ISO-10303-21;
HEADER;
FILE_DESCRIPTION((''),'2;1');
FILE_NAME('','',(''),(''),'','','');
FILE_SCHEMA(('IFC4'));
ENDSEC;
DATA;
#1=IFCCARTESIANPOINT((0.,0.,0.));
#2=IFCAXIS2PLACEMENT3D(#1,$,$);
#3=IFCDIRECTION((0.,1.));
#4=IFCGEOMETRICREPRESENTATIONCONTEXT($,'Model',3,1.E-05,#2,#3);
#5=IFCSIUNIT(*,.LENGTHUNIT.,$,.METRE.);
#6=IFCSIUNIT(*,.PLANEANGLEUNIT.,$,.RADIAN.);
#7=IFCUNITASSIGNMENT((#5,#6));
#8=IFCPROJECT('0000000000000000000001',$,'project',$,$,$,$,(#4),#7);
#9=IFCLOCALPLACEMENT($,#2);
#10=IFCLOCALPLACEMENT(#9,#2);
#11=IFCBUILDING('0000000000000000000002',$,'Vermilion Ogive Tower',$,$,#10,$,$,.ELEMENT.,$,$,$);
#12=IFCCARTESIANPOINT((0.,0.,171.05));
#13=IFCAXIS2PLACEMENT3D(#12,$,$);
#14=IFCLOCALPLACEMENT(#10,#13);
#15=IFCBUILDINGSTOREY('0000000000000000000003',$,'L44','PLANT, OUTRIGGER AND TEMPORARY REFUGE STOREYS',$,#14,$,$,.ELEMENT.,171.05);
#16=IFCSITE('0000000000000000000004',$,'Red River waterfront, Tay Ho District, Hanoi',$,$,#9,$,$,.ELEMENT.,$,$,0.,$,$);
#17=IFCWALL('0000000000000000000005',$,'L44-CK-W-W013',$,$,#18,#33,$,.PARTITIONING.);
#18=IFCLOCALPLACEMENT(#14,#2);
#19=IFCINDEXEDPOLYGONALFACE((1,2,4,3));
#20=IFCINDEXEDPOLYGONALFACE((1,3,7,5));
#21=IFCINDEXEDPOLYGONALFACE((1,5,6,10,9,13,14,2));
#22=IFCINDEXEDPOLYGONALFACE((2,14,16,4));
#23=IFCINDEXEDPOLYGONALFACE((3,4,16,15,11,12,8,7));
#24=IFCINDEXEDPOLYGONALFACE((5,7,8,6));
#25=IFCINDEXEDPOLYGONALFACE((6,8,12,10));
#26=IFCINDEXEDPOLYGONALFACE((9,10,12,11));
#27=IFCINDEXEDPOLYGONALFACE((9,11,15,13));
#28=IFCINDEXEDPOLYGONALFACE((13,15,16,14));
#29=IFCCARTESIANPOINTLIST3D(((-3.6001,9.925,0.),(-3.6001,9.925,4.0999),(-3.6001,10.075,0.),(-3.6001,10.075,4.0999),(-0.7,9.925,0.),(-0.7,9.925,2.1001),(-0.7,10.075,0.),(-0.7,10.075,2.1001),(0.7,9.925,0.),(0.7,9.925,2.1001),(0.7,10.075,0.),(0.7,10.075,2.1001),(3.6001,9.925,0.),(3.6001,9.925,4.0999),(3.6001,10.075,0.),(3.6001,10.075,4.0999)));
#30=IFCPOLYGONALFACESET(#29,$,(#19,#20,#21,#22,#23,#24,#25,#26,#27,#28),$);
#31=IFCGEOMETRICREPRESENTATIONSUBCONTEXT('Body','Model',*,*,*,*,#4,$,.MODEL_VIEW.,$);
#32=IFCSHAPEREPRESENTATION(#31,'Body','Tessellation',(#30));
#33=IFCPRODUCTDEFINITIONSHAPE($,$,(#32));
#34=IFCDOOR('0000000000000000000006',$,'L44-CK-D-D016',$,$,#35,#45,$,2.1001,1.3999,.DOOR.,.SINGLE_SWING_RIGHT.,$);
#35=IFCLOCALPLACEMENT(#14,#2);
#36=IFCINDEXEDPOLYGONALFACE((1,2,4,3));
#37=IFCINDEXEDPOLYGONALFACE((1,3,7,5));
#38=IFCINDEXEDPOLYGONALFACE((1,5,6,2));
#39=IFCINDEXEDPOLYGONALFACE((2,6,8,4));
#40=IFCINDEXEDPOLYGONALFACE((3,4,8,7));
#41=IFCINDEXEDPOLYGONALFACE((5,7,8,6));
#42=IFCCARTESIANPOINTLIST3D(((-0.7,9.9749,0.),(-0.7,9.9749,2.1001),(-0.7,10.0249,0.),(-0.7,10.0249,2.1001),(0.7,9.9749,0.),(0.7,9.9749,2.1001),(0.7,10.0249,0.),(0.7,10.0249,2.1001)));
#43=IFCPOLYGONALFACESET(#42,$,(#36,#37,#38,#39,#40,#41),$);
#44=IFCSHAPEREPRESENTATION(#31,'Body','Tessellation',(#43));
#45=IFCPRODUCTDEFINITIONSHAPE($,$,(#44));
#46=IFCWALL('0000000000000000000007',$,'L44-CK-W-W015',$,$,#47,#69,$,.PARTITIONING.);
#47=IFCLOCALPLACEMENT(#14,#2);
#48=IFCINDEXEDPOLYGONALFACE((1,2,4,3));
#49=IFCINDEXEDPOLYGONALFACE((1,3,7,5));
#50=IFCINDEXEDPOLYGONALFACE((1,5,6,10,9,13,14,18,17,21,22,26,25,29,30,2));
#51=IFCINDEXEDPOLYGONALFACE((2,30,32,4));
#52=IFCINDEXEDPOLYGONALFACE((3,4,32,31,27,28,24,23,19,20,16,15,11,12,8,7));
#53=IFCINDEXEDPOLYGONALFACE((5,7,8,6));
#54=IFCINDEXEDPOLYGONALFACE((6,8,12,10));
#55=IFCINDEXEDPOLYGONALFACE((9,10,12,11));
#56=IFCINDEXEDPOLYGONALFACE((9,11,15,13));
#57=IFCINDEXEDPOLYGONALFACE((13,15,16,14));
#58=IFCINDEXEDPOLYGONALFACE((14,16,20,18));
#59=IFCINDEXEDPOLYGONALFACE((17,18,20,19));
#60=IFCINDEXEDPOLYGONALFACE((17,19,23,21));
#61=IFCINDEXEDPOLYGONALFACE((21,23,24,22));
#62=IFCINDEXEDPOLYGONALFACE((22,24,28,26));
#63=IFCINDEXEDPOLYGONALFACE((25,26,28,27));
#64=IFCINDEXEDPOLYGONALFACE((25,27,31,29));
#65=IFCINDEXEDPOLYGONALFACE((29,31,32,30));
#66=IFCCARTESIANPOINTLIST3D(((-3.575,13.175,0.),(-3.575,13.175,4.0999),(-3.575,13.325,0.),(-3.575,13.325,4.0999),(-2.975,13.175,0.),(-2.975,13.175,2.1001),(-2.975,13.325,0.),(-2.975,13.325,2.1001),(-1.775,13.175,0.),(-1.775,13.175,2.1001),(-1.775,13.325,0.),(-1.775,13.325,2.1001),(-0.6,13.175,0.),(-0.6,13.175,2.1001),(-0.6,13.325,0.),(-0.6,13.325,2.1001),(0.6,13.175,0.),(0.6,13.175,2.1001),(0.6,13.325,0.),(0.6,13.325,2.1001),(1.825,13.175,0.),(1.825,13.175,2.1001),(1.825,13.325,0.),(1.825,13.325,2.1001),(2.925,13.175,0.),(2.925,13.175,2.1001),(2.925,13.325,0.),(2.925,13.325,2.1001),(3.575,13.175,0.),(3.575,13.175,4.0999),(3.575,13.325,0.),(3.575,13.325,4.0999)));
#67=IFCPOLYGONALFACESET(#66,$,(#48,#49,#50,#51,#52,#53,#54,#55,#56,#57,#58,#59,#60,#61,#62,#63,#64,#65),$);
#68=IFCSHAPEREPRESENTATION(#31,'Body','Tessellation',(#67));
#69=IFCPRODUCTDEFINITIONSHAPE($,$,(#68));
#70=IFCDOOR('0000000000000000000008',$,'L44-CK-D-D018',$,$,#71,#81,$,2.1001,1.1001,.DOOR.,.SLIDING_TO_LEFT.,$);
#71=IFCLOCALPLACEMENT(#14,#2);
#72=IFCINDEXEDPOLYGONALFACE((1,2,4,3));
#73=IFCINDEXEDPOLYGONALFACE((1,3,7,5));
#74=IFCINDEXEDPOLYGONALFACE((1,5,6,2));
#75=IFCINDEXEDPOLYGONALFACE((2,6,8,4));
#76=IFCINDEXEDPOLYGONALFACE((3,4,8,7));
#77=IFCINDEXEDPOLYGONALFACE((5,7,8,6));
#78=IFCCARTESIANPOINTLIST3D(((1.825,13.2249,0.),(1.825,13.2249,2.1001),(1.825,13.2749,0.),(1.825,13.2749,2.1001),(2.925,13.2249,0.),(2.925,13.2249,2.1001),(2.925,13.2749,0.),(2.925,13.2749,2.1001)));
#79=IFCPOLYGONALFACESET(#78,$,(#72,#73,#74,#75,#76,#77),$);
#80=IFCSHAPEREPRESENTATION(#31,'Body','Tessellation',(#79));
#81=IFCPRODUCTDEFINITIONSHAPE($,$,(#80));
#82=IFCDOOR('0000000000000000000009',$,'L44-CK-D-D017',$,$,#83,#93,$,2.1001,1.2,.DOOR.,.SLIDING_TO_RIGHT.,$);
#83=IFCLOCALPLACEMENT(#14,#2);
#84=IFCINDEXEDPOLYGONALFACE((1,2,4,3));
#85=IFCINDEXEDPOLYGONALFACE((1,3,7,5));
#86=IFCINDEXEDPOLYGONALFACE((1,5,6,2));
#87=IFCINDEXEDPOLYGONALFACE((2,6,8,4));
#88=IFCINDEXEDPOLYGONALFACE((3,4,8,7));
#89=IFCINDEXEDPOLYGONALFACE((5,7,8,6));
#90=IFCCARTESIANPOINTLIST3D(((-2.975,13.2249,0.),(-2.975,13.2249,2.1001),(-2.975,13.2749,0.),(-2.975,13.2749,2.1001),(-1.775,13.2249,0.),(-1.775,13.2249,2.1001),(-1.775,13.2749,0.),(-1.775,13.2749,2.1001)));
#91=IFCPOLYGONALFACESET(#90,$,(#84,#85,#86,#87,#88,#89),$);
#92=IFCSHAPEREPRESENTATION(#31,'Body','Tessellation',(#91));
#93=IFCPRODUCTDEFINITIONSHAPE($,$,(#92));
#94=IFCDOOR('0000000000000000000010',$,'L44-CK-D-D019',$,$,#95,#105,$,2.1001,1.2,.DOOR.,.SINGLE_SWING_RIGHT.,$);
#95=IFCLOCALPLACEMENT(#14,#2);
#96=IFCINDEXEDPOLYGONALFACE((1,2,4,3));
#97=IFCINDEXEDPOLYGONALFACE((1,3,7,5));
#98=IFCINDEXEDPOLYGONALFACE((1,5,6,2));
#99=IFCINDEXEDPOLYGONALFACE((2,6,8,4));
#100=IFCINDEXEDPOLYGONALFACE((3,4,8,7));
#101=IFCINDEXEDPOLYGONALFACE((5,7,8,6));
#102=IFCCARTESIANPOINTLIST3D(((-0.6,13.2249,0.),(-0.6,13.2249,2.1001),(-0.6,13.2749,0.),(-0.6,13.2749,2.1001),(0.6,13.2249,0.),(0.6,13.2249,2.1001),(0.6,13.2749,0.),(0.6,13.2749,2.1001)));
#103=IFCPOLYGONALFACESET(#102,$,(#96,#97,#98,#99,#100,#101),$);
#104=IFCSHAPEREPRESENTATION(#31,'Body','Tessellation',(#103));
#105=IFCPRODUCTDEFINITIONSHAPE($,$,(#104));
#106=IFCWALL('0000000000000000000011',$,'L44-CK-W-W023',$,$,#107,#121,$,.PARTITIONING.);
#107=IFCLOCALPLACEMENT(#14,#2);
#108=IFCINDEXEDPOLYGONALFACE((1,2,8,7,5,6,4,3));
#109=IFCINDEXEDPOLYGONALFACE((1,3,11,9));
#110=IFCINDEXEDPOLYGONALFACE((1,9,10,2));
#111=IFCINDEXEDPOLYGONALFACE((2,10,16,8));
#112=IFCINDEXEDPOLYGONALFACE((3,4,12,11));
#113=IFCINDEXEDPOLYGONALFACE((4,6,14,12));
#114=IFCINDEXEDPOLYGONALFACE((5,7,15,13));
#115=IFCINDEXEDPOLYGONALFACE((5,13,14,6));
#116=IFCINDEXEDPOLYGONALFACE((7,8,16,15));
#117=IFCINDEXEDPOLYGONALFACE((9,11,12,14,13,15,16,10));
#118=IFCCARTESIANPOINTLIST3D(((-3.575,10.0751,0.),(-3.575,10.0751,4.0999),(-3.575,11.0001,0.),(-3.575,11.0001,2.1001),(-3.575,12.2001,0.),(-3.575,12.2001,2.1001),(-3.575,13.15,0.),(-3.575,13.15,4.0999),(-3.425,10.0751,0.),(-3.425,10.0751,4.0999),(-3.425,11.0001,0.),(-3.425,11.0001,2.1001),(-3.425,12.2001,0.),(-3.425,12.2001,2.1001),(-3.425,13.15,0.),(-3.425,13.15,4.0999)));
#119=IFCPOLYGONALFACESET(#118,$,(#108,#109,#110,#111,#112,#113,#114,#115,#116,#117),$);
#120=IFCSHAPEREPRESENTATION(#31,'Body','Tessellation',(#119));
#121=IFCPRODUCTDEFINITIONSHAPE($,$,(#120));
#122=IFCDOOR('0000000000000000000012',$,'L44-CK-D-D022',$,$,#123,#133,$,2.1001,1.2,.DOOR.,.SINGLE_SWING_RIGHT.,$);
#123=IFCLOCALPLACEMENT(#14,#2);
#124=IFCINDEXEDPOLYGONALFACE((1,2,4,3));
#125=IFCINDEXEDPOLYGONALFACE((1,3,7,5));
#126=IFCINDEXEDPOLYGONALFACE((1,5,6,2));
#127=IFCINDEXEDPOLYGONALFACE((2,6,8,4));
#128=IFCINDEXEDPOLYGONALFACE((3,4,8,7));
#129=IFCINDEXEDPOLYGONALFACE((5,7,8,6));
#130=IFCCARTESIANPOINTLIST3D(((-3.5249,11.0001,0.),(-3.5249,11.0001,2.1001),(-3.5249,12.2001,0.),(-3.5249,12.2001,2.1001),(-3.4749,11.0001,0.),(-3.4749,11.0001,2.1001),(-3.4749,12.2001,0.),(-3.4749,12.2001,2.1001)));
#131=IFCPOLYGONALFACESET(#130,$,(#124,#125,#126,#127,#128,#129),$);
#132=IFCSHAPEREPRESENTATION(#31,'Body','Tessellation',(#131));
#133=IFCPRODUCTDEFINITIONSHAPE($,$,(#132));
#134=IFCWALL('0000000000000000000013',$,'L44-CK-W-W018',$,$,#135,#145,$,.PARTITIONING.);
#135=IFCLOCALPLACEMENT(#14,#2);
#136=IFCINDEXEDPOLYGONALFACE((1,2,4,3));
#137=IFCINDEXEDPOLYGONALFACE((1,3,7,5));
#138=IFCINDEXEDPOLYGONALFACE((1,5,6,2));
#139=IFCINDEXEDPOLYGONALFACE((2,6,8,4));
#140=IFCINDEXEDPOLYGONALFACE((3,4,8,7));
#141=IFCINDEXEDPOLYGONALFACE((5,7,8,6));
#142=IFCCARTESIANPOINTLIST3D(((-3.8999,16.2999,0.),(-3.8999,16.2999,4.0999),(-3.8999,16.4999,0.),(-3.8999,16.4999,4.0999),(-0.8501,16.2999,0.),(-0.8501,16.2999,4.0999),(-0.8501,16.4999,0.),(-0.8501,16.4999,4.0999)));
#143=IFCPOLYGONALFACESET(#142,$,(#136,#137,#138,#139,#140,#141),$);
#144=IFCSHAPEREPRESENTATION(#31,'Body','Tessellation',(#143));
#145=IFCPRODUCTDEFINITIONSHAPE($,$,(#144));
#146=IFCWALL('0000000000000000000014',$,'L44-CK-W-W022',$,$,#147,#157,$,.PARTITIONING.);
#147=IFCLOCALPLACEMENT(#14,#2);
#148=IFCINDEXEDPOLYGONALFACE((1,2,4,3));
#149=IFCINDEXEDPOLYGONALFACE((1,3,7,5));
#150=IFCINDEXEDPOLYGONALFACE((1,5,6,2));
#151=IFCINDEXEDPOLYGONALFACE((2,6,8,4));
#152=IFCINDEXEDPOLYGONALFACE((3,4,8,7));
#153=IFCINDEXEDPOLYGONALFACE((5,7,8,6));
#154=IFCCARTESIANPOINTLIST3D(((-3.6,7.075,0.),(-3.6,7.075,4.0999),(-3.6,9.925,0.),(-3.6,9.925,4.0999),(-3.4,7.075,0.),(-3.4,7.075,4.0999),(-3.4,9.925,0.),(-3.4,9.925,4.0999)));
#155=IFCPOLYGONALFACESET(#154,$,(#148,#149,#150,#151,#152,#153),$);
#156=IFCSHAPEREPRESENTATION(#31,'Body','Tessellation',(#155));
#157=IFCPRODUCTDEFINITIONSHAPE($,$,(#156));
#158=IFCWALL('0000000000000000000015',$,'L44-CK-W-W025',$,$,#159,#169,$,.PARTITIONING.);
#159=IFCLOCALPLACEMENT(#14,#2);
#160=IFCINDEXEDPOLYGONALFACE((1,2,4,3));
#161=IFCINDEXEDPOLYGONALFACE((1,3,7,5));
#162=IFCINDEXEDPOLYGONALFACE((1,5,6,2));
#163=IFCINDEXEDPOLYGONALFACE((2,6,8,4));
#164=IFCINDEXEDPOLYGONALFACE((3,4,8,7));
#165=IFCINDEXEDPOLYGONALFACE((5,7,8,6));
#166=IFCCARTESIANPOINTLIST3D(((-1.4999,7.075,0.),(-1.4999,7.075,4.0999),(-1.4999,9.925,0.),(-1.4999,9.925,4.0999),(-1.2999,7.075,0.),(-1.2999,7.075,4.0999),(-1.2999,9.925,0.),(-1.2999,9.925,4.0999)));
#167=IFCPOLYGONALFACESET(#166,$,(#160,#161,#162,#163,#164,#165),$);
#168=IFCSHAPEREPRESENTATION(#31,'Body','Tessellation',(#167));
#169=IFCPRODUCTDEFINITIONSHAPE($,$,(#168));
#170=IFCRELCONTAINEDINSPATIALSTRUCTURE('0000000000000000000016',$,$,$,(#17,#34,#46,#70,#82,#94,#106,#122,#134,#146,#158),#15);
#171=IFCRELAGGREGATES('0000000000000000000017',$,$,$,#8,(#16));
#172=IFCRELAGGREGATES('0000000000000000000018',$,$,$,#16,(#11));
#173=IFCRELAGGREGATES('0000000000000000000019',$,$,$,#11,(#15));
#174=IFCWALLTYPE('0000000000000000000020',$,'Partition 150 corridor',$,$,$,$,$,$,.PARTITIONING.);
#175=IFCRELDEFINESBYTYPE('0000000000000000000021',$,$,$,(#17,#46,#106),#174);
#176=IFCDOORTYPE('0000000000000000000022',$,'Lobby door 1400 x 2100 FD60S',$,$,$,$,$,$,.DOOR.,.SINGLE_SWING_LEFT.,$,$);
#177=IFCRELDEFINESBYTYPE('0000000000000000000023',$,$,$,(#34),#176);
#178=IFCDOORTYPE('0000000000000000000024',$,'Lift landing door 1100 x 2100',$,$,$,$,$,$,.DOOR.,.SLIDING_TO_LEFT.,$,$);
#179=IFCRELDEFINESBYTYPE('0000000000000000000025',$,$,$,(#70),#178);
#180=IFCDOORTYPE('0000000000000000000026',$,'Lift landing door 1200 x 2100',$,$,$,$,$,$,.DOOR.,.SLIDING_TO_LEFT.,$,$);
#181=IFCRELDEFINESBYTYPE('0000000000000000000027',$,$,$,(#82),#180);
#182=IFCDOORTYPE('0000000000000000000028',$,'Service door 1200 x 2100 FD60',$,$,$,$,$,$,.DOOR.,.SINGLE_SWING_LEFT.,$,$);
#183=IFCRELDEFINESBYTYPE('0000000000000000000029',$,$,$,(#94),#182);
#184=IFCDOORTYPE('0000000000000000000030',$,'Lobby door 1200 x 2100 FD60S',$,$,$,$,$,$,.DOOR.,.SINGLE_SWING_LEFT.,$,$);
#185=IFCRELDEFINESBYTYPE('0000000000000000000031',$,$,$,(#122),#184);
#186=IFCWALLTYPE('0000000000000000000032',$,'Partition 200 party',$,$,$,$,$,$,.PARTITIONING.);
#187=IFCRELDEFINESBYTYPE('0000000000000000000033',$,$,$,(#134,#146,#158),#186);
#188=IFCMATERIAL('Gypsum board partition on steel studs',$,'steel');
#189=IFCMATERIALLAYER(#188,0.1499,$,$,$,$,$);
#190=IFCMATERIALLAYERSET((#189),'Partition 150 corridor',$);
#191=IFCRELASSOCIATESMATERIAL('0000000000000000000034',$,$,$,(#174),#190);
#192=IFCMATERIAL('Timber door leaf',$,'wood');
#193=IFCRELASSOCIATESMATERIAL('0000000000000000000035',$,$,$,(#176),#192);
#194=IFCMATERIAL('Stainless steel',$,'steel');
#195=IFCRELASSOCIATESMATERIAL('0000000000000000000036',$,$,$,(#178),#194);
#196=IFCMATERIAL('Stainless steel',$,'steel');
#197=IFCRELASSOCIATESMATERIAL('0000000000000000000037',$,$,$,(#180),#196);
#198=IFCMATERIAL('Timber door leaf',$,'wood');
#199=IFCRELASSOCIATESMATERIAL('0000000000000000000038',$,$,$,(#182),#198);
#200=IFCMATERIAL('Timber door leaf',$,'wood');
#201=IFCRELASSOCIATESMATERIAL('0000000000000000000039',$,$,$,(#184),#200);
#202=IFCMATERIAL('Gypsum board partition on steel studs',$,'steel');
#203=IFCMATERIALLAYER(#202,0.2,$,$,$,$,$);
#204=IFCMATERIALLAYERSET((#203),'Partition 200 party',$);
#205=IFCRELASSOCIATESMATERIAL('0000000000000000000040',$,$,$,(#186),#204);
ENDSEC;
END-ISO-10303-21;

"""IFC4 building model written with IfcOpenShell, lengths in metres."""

from ifc_helpers import new_model, si_unit, direction, frame, frame_2d, origin, place, context, subcontext, project, spatial, rectangle, extrude, material, layer, layer_set, type_object, element, fill, save


model = new_model("IFC4")

# Units and contexts
model_context = context("Model", 3, precision=1e-05, world=origin(), true_north=direction((0.0, 1.0)))
body_context = subcontext(model_context, "Body", "Model", "MODEL_VIEW")
ifc_project = project(units=[si_unit("LENGTHUNIT", "METRE"), si_unit("PLANEANGLEUNIT", "RADIAN")], contexts=[model_context])

# Site, building, storey
site_placement = place(None, origin())
site = spatial("IfcSite", under=ifc_project, at=site_placement, Name="Red River waterfront, Tay Ho District, Hanoi", CompositionType="ELEMENT", RefElevation=0.0)
building_placement = place(site_placement, origin())
building = spatial("IfcBuilding", under=site, at=building_placement, Name="Vermilion Ogive Tower", CompositionType="ELEMENT")
storey_placement = place(building_placement, frame((0.0, 0.0, 171.05)))
storey = spatial("IfcBuildingStorey", under=building, at=storey_placement, Name="L44", Description="PLANT, OUTRIGGER AND TEMPORARY REFUGE STOREYS", CompositionType="ELEMENT", Elevation=171.05)

# Wall, opening, door
ifc_material_1 = material(Name="Gypsum board partition on steel studs", Category="steel")
ifc_layer_1 = layer(ifc_material_1, 0.1499)
ifc_layer_set_1 = layer_set([ifc_layer_1], Name="Partition 150 corridor")
wall_type_1 = type_object("IfcWallType", Name="Partition 150 corridor", PredefinedType="PARTITIONING", material=ifc_layer_set_1)
wall_1_placement = place(storey_placement, frame((-3.6001, 10.0, 0.0), z_axis=(0.0, 0.0, 1.0), x_axis=(1.0, 0.0, 0.0)))
wall_1 = element("IfcWall", 1, at=wall_1_placement, inside=storey, type_object=wall_type_1, Name="L44-CK-W-W013", PredefinedType="PARTITIONING", context=body_context, shape_type="SweptSolid", body=[
    extrude(rectangle(XDim=7.2002, YDim=0.1499, at=frame_2d((3.6001, 0.0))), origin(), (0.0, 0.0, 1.0), 4.0999),
])
opening_1_placement = place(wall_1_placement, frame((2.9001, 0.0, 0.0)))
opening_1 = element("IfcOpeningElement", 2, at=opening_1_placement, cuts=wall_1, PredefinedType="OPENING", context=body_context, shape_type="SweptSolid", body=[
    extrude(rectangle(XDim=1.3999, YDim=2.1001, at=frame_2d((0.7, 1.05))), frame((0.0, 0.085, 0.0), z_axis=(0.0, -1.0, 0.0), x_axis=(1.0, 0.0, 0.0)), (0.0, 0.0, 1.0), 0.1699),
])
ifc_material_2 = material(Name="Timber door leaf", Category="wood")
door_type_1 = type_object("IfcDoorType", Name="Lobby door 1400 x 2100 FD60S", OperationType="SINGLE_SWING_LEFT", PredefinedType="DOOR", material=ifc_material_2)
door_1_placement = place(opening_1_placement, origin())
door_1 = element("IfcDoor", 3, at=door_1_placement, inside=storey, type_object=door_type_1, Name="L44-CK-D-D016", OperationType="SINGLE_SWING_RIGHT", OverallHeight=2.1001, OverallWidth=1.3999, PredefinedType="DOOR", context=body_context, shape_type="SweptSolid", body=[
    extrude(rectangle(XDim=1.3999, YDim=2.1001, at=frame_2d((0.7, 1.05))), frame((0.0, 0.0249, 0.0), z_axis=(0.0, -1.0, 0.0), x_axis=(1.0, 0.0, 0.0)), (0.0, 0.0, 1.0), 0.05),
])
fill(opening_1, door_1)

# Wall, openings, doors
wall_2_placement = place(storey_placement, frame((-3.575, 13.25, 0.0), z_axis=(0.0, 0.0, 1.0), x_axis=(1.0, 0.0, 0.0)))
wall_2 = element("IfcWall", 4, at=wall_2_placement, inside=storey, type_object=wall_type_1, Name="L44-CK-W-W015", PredefinedType="PARTITIONING", context=body_context, shape_type="SweptSolid", body=[
    extrude(rectangle(XDim=7.1499, YDim=0.1499, at=frame_2d((3.575, 0.0))), origin(), (0.0, 0.0, 1.0), 4.0999),
])
opening_2_placement = place(wall_2_placement, frame((0.5999, 0.0, 0.0)))
opening_2 = element("IfcOpeningElement", 5, at=opening_2_placement, cuts=wall_2, PredefinedType="OPENING", context=body_context, shape_type="SweptSolid", body=[
    extrude(rectangle(XDim=1.2, YDim=2.1001, at=frame_2d((0.6001, 1.05))), frame((0.0, 0.085, 0.0), z_axis=(0.0, -1.0, 0.0), x_axis=(1.0, 0.0, 0.0)), (0.0, 0.0, 1.0), 0.1699),
])
opening_3_placement = place(wall_2_placement, frame((5.3999, 0.0, 0.0)))
opening_3 = element("IfcOpeningElement", 6, at=opening_3_placement, cuts=wall_2, PredefinedType="OPENING", context=body_context, shape_type="SweptSolid", body=[
    extrude(rectangle(XDim=1.1001, YDim=2.1001, at=frame_2d((0.55, 1.05))), frame((0.0, 0.085, 0.0), z_axis=(0.0, -1.0, 0.0), x_axis=(1.0, 0.0, 0.0)), (0.0, 0.0, 1.0), 0.1699),
])
opening_4_placement = place(wall_2_placement, frame((2.9749, 0.0, 0.0)))
opening_4 = element("IfcOpeningElement", 7, at=opening_4_placement, cuts=wall_2, PredefinedType="OPENING", context=body_context, shape_type="SweptSolid", body=[
    extrude(rectangle(XDim=1.2, YDim=2.1001, at=frame_2d((0.6001, 1.05))), frame((0.0, 0.085, 0.0), z_axis=(0.0, -1.0, 0.0), x_axis=(1.0, 0.0, 0.0)), (0.0, 0.0, 1.0), 0.1699),
])
ifc_material_3 = material(Name="Stainless steel", Category="steel")
door_type_2 = type_object("IfcDoorType", Name="Lift landing door 1100 x 2100", OperationType="SLIDING_TO_LEFT", PredefinedType="DOOR", material=ifc_material_3)
door_2_placement = place(opening_3_placement, origin())
door_2 = element("IfcDoor", 8, at=door_2_placement, inside=storey, type_object=door_type_2, Name="L44-CK-D-D018", OperationType="SLIDING_TO_LEFT", OverallHeight=2.1001, OverallWidth=1.1001, PredefinedType="DOOR", context=body_context, shape_type="SweptSolid", body=[
    extrude(rectangle(XDim=1.1001, YDim=2.1001, at=frame_2d((0.55, 1.05))), frame((0.0, 0.0249, 0.0), z_axis=(0.0, -1.0, 0.0), x_axis=(1.0, 0.0, 0.0)), (0.0, 0.0, 1.0), 0.05),
])
fill(opening_3, door_2)
ifc_material_4 = material(Name="Stainless steel", Category="steel")
door_type_3 = type_object("IfcDoorType", Name="Lift landing door 1200 x 2100", OperationType="SLIDING_TO_LEFT", PredefinedType="DOOR", material=ifc_material_4)
door_3_placement = place(opening_2_placement, origin())
door_3 = element("IfcDoor", 9, at=door_3_placement, inside=storey, type_object=door_type_3, Name="L44-CK-D-D017", OperationType="SLIDING_TO_RIGHT", OverallHeight=2.1001, OverallWidth=1.2, PredefinedType="DOOR", context=body_context, shape_type="SweptSolid", body=[
    extrude(rectangle(XDim=1.2, YDim=2.1001, at=frame_2d((0.6001, 1.05))), frame((0.0, 0.0249, 0.0), z_axis=(0.0, -1.0, 0.0), x_axis=(1.0, 0.0, 0.0)), (0.0, 0.0, 1.0), 0.05),
])
fill(opening_2, door_3)
ifc_material_5 = material(Name="Timber door leaf", Category="wood")
door_type_4 = type_object("IfcDoorType", Name="Service door 1200 x 2100 FD60", OperationType="SINGLE_SWING_LEFT", PredefinedType="DOOR", material=ifc_material_5)
door_4_placement = place(opening_4_placement, origin())
door_4 = element("IfcDoor", 10, at=door_4_placement, inside=storey, type_object=door_type_4, Name="L44-CK-D-D019", OperationType="SINGLE_SWING_RIGHT", OverallHeight=2.1001, OverallWidth=1.2, PredefinedType="DOOR", context=body_context, shape_type="SweptSolid", body=[
    extrude(rectangle(XDim=1.2, YDim=2.1001, at=frame_2d((0.6001, 1.05))), frame((0.0, 0.0249, 0.0), z_axis=(0.0, -1.0, 0.0), x_axis=(1.0, 0.0, 0.0)), (0.0, 0.0, 1.0), 0.05),
])
fill(opening_4, door_4)

# Wall, opening, door
wall_3_placement = place(storey_placement, frame((-3.5, 10.075, 0.0), z_axis=(0.0, 0.0, 1.0), x_axis=(0.0, 1.0, 0.0)))
wall_3 = element("IfcWall", 11, at=wall_3_placement, inside=storey, type_object=wall_type_1, Name="L44-CK-W-W023", PredefinedType="PARTITIONING", context=body_context, shape_type="SweptSolid", body=[
    extrude(rectangle(XDim=3.075, YDim=0.1499, at=frame_2d((1.5376, 0.0))), origin(), (0.0, 0.0, 1.0), 4.0999),
])
opening_5_placement = place(wall_3_placement, frame((0.925, 0.0, 0.0)))
opening_5 = element("IfcOpeningElement", 12, at=opening_5_placement, cuts=wall_3, PredefinedType="OPENING", context=body_context, shape_type="SweptSolid", body=[
    extrude(rectangle(XDim=1.2, YDim=2.1001, at=frame_2d((0.6001, 1.05))), frame((0.0, 0.085, 0.0), z_axis=(0.0, -1.0, 0.0), x_axis=(1.0, 0.0, 0.0)), (0.0, 0.0, 1.0), 0.1699),
])
ifc_material_6 = material(Name="Timber door leaf", Category="wood")
door_type_5 = type_object("IfcDoorType", Name="Lobby door 1200 x 2100 FD60S", OperationType="SINGLE_SWING_LEFT", PredefinedType="DOOR", material=ifc_material_6)
door_5_placement = place(opening_5_placement, origin())
door_5 = element("IfcDoor", 13, at=door_5_placement, inside=storey, type_object=door_type_5, Name="L44-CK-D-D022", OperationType="SINGLE_SWING_RIGHT", OverallHeight=2.1001, OverallWidth=1.2, PredefinedType="DOOR", context=body_context, shape_type="SweptSolid", body=[
    extrude(rectangle(XDim=1.2, YDim=2.1001, at=frame_2d((0.6001, 1.05))), frame((0.0, 0.0249, 0.0), z_axis=(0.0, -1.0, 0.0), x_axis=(1.0, 0.0, 0.0)), (0.0, 0.0, 1.0), 0.05),
])
fill(opening_5, door_5)

# Walls
ifc_material_7 = material(Name="Gypsum board partition on steel studs", Category="steel")
ifc_layer_2 = layer(ifc_material_7, 0.2)
ifc_layer_set_2 = layer_set([ifc_layer_2], Name="Partition 200 party")
wall_type_2 = type_object("IfcWallType", Name="Partition 200 party", PredefinedType="PARTITIONING", material=ifc_layer_set_2)
wall_4_placement = place(storey_placement, frame((-3.8999, 16.3999, 0.0), z_axis=(0.0, 0.0, 1.0), x_axis=(1.0, 0.0, 0.0)))
element("IfcWall", 14, at=wall_4_placement, inside=storey, type_object=wall_type_2, Name="L44-CK-W-W018", PredefinedType="PARTITIONING", context=body_context, shape_type="SweptSolid", body=[
    extrude(rectangle(XDim=3.0498, YDim=0.2, at=frame_2d((1.5249, 0.0))), origin(), (0.0, 0.0, 1.0), 4.0999),
])
for number, where, z_axis, x_axis, name in (
    (15, (-3.5, 7.075, 0.0), (0.0, 0.0, 1.0), (0.0, 1.0, 0.0), "L44-CK-W-W022"),
    (16, (-1.3999, 7.075, 0.0), (0.0, 0.0, 1.0), (0.0, 1.0, 0.0), "L44-CK-W-W025"),
):
    element("IfcWall", number, at=place(storey_placement, frame(where, z_axis=z_axis, x_axis=x_axis)), inside=storey, type_object=wall_type_2, Name=name, PredefinedType="PARTITIONING", context=body_context, shape_type="SweptSolid", body=[
        extrude(rectangle(XDim=2.8501, YDim=0.2, at=frame_2d((1.425, 0.0))), origin(), (0.0, 0.0, 1.0), 4.0999),
    ])

save(model, "model.ifc")
